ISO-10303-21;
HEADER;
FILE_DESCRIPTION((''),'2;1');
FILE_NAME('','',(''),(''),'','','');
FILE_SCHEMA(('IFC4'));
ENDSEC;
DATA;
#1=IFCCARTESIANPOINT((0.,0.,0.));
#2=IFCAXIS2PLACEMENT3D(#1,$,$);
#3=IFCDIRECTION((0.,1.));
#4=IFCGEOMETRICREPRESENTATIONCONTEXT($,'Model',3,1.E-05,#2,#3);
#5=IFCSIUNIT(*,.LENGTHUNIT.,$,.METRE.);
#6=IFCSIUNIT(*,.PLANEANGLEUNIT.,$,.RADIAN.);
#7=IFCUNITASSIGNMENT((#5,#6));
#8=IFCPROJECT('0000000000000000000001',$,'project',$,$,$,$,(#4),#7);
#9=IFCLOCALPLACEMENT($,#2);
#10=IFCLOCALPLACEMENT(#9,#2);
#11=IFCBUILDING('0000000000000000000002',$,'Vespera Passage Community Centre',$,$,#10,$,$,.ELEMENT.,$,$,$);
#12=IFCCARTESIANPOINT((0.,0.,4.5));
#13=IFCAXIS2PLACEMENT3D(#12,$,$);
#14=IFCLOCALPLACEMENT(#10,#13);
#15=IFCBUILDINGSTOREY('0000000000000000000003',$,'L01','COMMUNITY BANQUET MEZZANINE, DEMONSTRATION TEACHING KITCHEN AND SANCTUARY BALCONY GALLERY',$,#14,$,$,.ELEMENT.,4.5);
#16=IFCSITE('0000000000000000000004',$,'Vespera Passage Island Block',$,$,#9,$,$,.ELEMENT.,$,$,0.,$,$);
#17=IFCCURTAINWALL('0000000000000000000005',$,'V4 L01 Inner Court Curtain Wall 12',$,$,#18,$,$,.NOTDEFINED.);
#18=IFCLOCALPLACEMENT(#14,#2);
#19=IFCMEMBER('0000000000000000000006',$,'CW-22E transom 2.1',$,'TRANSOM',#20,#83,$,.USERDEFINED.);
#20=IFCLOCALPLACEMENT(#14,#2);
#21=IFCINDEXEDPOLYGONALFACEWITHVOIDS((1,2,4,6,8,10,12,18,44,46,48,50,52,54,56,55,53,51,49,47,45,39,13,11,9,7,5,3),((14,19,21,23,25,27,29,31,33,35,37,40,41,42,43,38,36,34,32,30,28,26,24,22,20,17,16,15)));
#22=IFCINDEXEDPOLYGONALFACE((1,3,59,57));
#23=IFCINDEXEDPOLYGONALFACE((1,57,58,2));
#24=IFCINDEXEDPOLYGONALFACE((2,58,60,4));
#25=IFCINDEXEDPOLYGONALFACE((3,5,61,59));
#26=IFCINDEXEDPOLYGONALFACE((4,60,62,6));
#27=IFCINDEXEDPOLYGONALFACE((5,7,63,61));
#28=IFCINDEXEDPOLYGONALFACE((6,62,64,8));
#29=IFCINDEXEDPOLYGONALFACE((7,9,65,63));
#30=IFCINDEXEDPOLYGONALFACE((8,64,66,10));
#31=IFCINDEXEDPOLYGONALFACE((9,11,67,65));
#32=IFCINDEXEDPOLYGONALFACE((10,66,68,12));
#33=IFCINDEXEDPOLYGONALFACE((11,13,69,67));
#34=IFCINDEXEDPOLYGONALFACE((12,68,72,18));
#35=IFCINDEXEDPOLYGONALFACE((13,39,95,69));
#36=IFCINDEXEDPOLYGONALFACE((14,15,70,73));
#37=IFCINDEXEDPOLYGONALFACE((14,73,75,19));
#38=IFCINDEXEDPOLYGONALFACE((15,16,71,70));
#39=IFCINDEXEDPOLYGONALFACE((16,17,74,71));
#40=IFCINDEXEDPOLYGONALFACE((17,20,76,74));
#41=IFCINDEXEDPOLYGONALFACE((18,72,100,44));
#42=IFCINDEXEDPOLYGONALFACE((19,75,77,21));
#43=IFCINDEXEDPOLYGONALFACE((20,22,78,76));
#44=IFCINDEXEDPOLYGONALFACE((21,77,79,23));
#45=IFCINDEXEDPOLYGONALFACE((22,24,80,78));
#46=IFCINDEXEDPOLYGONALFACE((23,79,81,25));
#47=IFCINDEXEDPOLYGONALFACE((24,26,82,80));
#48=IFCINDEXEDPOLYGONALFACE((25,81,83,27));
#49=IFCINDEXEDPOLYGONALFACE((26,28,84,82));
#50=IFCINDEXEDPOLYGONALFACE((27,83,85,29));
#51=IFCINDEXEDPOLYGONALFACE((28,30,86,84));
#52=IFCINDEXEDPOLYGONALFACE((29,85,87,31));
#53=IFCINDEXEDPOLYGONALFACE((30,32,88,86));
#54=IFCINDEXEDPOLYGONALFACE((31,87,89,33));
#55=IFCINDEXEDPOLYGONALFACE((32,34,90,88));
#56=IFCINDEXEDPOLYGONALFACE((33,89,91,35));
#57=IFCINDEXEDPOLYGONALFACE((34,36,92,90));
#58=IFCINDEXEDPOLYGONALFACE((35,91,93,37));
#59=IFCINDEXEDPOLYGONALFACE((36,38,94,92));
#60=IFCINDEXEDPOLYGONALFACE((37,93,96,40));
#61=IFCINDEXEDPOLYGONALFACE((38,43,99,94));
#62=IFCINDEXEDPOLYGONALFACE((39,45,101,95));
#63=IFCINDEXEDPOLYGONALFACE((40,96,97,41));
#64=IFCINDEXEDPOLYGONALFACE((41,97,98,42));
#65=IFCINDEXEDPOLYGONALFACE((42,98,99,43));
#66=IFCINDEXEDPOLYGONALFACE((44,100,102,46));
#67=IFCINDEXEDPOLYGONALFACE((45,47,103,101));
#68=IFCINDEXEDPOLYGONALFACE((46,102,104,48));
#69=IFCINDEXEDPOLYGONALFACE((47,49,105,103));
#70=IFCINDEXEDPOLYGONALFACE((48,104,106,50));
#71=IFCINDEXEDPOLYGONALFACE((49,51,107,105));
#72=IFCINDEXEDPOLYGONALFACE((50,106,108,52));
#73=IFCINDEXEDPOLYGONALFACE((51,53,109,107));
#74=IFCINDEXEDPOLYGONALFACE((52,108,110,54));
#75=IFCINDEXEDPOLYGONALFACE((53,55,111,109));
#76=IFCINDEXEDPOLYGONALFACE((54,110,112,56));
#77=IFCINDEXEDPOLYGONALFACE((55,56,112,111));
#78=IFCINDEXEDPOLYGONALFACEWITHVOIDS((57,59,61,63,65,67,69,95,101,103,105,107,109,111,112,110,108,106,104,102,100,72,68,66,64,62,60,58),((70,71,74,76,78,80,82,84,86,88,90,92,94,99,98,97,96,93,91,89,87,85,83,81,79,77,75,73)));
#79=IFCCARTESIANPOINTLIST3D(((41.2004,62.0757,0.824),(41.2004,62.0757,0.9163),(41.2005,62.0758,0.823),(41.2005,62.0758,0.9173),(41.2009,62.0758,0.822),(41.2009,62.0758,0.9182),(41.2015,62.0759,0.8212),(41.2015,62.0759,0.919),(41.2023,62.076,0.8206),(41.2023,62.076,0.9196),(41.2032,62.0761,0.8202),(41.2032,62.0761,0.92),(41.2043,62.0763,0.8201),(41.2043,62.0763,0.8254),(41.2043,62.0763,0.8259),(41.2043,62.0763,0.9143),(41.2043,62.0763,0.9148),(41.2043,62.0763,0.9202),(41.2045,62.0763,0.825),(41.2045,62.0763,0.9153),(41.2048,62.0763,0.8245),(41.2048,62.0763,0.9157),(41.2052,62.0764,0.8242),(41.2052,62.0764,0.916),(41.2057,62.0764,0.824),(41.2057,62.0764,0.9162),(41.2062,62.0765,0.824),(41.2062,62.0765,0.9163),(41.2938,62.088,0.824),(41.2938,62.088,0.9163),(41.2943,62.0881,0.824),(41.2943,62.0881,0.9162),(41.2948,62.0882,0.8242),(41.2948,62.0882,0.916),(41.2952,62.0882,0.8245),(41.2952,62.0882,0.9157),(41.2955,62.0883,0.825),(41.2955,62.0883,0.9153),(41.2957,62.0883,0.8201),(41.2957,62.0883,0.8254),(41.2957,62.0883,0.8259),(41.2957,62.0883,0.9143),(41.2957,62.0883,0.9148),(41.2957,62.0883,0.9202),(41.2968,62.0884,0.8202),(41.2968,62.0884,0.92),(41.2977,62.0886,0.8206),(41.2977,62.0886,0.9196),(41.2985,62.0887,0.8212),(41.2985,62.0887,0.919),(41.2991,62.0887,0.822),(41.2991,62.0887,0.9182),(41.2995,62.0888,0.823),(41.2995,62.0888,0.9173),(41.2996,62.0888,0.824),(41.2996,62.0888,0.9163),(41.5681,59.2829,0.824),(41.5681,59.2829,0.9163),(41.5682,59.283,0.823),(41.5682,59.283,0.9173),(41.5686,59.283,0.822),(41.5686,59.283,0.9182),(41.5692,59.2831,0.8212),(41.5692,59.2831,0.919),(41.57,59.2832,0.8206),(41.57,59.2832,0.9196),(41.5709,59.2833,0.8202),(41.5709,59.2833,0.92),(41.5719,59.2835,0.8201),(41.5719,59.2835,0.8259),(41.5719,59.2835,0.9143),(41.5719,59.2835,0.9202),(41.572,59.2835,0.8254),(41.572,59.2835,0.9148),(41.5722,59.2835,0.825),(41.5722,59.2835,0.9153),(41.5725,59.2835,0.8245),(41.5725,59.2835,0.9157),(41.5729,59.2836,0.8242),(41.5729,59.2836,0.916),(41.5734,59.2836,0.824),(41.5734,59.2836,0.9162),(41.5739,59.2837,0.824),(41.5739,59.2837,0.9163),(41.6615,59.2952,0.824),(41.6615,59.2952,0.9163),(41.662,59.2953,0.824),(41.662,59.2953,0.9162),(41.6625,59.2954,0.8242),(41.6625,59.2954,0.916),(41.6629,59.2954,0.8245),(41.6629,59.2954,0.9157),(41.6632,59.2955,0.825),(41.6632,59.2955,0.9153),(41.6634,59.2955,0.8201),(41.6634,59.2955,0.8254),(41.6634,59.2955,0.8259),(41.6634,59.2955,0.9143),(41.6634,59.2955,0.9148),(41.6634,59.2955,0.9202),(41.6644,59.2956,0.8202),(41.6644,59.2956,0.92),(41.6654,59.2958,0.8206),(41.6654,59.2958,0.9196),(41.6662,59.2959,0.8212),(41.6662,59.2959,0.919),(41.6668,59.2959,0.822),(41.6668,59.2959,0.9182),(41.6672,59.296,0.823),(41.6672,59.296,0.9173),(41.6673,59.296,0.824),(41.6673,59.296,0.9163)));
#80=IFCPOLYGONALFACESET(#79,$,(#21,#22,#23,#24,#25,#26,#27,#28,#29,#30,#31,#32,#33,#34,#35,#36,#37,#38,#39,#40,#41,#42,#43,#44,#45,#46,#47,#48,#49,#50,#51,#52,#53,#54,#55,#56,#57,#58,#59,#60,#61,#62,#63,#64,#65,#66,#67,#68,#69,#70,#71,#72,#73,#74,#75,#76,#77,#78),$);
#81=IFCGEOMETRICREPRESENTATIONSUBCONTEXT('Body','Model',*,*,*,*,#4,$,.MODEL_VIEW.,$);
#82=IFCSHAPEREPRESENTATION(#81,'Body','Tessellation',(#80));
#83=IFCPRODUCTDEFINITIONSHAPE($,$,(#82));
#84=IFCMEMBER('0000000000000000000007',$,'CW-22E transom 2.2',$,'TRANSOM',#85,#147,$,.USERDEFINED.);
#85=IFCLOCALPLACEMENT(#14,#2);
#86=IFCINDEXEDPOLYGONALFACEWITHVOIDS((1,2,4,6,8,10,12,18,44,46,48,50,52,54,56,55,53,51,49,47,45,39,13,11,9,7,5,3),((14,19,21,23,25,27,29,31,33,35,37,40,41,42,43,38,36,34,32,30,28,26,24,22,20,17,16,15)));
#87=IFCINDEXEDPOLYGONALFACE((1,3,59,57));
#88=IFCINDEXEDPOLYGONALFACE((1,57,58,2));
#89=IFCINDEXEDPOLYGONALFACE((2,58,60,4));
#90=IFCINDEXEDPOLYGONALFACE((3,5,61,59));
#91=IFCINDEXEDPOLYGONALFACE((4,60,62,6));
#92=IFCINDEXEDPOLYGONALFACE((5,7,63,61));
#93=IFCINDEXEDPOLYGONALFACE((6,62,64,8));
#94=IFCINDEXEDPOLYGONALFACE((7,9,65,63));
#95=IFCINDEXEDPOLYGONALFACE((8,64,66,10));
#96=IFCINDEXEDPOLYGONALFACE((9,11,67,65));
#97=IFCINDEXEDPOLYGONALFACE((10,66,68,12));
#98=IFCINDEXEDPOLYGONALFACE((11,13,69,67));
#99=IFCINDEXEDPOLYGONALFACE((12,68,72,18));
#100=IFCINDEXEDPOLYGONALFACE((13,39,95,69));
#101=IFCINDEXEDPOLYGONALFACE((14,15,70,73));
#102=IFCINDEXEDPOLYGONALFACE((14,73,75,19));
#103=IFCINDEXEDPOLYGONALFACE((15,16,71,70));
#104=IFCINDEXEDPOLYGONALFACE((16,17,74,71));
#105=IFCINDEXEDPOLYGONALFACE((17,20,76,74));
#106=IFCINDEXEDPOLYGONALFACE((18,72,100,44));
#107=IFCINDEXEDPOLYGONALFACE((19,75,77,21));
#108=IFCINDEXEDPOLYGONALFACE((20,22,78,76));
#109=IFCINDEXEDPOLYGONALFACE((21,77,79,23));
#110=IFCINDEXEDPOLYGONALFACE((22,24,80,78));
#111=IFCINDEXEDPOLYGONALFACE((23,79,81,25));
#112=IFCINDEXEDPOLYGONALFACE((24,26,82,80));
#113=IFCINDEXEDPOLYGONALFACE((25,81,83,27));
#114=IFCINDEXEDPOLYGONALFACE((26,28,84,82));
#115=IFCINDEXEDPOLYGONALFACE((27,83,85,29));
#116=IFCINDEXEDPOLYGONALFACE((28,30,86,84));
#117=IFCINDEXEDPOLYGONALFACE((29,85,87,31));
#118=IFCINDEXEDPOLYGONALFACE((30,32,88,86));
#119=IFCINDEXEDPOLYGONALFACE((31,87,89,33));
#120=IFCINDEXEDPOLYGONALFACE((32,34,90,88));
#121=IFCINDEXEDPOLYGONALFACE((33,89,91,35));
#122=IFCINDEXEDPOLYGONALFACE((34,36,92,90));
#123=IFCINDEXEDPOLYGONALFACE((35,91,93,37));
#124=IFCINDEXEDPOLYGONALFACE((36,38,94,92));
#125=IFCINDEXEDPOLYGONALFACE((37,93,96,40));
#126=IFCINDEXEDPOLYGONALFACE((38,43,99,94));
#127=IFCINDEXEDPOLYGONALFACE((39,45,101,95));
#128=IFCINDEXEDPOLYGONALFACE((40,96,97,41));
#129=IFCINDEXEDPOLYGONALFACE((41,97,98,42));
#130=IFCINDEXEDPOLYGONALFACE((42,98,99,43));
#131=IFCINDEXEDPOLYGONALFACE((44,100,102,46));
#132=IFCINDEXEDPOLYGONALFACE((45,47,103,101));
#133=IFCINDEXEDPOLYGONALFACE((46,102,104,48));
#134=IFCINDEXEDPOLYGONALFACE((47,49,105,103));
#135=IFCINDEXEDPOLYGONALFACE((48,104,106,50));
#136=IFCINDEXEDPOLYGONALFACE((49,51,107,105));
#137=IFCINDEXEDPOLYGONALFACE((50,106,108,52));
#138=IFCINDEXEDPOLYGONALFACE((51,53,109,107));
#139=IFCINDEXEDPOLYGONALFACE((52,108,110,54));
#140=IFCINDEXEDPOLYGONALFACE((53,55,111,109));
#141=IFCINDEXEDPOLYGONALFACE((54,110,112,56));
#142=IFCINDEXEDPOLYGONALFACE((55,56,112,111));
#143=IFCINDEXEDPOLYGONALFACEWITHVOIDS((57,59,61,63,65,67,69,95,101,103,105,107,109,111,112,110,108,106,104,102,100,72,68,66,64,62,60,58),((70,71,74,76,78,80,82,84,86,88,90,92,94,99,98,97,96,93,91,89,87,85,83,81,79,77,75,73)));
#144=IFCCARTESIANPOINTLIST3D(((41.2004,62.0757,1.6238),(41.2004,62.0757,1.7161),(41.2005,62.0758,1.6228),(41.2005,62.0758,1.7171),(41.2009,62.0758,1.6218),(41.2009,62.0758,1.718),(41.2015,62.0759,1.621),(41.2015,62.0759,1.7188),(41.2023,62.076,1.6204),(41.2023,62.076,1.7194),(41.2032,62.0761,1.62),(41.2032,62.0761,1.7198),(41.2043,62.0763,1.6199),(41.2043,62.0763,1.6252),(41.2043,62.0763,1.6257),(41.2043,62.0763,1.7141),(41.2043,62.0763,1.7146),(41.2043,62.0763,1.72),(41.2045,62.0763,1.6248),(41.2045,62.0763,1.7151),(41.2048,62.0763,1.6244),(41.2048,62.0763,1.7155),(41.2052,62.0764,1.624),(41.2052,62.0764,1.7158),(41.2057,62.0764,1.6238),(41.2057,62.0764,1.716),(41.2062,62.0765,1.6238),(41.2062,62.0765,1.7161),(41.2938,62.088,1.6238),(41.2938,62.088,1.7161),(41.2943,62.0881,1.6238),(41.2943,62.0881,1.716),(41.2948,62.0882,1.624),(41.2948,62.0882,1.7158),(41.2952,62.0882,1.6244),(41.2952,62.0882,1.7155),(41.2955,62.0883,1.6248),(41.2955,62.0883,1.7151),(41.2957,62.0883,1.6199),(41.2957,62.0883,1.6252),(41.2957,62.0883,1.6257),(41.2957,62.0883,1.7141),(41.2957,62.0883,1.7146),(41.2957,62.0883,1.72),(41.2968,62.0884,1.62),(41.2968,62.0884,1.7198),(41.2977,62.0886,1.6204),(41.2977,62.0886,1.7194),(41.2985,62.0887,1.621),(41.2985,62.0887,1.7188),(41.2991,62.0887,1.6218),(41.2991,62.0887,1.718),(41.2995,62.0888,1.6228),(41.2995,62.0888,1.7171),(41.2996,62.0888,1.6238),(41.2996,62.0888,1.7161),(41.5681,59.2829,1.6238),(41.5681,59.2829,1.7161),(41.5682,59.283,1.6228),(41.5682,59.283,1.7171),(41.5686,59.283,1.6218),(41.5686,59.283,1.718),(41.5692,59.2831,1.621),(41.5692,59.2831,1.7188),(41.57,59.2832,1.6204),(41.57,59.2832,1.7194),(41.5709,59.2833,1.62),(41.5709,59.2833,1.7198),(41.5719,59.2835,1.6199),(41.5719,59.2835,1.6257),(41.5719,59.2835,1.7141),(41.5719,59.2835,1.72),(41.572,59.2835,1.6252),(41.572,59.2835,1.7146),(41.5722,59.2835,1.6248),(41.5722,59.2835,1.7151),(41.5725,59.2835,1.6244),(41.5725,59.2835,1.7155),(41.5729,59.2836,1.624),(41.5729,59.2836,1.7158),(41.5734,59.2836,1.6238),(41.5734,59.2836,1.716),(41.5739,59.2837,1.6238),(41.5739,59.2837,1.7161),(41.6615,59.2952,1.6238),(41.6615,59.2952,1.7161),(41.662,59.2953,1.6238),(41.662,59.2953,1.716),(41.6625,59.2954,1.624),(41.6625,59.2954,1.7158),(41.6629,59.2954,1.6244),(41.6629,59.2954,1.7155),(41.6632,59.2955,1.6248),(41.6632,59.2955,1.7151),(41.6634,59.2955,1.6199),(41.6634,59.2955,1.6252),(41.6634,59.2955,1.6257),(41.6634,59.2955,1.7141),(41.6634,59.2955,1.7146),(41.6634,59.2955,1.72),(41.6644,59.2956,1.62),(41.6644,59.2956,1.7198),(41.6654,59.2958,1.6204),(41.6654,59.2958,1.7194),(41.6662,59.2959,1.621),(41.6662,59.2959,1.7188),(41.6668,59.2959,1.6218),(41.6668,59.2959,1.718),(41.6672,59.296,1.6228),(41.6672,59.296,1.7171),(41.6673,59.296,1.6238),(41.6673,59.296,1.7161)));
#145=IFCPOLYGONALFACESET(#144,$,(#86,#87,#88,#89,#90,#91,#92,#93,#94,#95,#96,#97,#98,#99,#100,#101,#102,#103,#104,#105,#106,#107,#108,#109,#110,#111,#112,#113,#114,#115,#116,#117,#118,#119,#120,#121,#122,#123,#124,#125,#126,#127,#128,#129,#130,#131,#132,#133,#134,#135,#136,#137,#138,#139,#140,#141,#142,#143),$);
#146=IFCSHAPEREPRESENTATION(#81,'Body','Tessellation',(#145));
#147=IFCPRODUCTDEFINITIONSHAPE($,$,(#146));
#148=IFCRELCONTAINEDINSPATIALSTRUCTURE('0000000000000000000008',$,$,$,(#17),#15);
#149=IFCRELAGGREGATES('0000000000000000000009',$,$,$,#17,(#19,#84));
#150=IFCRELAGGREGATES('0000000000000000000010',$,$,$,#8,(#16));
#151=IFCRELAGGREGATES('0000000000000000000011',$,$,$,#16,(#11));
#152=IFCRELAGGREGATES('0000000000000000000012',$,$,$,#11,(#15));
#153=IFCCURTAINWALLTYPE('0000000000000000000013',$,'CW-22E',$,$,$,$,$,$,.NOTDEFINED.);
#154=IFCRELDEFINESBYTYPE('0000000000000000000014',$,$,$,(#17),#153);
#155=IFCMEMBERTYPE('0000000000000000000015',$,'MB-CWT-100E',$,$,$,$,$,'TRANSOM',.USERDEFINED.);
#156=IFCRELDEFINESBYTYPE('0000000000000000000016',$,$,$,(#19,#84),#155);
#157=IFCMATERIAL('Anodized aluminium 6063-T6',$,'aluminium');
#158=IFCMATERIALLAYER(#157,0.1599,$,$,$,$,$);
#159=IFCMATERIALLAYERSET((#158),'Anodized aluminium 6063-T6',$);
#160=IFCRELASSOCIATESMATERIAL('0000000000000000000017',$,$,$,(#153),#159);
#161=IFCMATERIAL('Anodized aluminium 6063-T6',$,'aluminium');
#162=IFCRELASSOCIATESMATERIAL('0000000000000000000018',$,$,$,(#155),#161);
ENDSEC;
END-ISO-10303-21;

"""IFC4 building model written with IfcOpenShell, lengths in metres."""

from ifc_helpers import new_model, si_unit, direction, frame, origin, origin_2d, place, context, subcontext, project, spatial, hollow_rectangle, extrude, material, layer, layer_set, material_profile, profile_set, type_object, element, aggregate, save


model = new_model("IFC4")

# Units and contexts
model_context = context("Model", 3, precision=1e-05, world=origin(), true_north=direction((0.0, 1.0)))
body_context = subcontext(model_context, "Body", "Model", "MODEL_VIEW")
ifc_project = project(units=[si_unit("LENGTHUNIT", "METRE"), si_unit("PLANEANGLEUNIT", "RADIAN")], contexts=[model_context])

# Site, building, storey
site_placement = place(None, origin())
site = spatial("IfcSite", under=ifc_project, at=site_placement, Name="Vespera Passage Island Block", CompositionType="ELEMENT", RefElevation=0.0)
building_placement = place(site_placement, origin())
building = spatial("IfcBuilding", under=site, at=building_placement, Name="Vespera Passage Community Centre", CompositionType="ELEMENT")
storey_placement = place(building_placement, frame((0.0, 0.0, 4.5)))
storey = spatial("IfcBuildingStorey", under=building, at=storey_placement, Name="L01", Description="COMMUNITY BANQUET MEZZANINE, DEMONSTRATION TEACHING KITCHEN AND SANCTUARY BALCONY GALLERY", CompositionType="ELEMENT", Elevation=4.5)

# Curtain wall
ifc_material_1 = material(Name="Anodized aluminium 6063-T6", Category="aluminium")
ifc_layer_1 = layer(ifc_material_1, 0.1599)
ifc_layer_set_1 = layer_set([ifc_layer_1], Name="Anodized aluminium 6063-T6")
curtain_wall_type_1 = type_object("IfcCurtainWallType", Name="CW-22E", PredefinedType="NOTDEFINED", material=ifc_layer_set_1)
curtain_wall_1_placement = place(storey_placement, origin())
curtain_wall_1 = element("IfcCurtainWall", 1, at=curtain_wall_1_placement, inside=storey, type_object=curtain_wall_type_1, Name="V4 L01 Inner Court Curtain Wall 12", PredefinedType="NOTDEFINED")

# Members
ifc_material_2 = material(Name="Anodized aluminium 6063-T6", Category="aluminium")
ifc_material_profile_1 = material_profile(ifc_material_2, hollow_rectangle(XDim=0.1001, YDim=0.1001, WallThickness=0.0039, InnerFilletRadius=0.002, OuterFilletRadius=0.0039, at=origin_2d()), Name="ALU100X100X4")
ifc_profile_set_1 = profile_set([ifc_material_profile_1], Name="Anodized aluminium 6063-T6")
member_type_1 = type_object("IfcMemberType", Name="MB-CWT-100E", ElementType="TRANSOM", PredefinedType="USERDEFINED", material=ifc_profile_set_1)
member_1_placement = place(storey_placement, frame((41.25, 62.0823, 0.8701), z_axis=(0.130528, -0.991445, 0.0), x_axis=(0.991445, 0.130528, 0.0)))
member_1 = element("IfcMember", 2, at=member_1_placement, type_object=member_type_1, Name="CW-22E transom 2.1", ObjectType="TRANSOM", PredefinedType="USERDEFINED", context=body_context, shape_type="SweptSolid", body=[
    extrude(hollow_rectangle(XDim=0.1001, YDim=0.1001, WallThickness=0.0039, InnerFilletRadius=0.002, OuterFilletRadius=0.0039, at=origin_2d()), origin(), (0.0, 0.0, 1.0), 2.8169),
])
member_2_placement = place(storey_placement, frame((41.25, 62.0823, 1.6699), z_axis=(0.130528, -0.991445, 0.0), x_axis=(0.991445, 0.130528, 0.0)))
member_2 = element("IfcMember", 3, at=member_2_placement, type_object=member_type_1, Name="CW-22E transom 2.2", ObjectType="TRANSOM", PredefinedType="USERDEFINED", context=body_context, shape_type="SweptSolid", body=[
    extrude(hollow_rectangle(XDim=0.1001, YDim=0.1001, WallThickness=0.0039, InnerFilletRadius=0.002, OuterFilletRadius=0.0039, at=origin_2d()), origin(), (0.0, 0.0, 1.0), 2.8169),
])

aggregate(curtain_wall_1, [member_1, member_2])

save(model, "model.ifc")
